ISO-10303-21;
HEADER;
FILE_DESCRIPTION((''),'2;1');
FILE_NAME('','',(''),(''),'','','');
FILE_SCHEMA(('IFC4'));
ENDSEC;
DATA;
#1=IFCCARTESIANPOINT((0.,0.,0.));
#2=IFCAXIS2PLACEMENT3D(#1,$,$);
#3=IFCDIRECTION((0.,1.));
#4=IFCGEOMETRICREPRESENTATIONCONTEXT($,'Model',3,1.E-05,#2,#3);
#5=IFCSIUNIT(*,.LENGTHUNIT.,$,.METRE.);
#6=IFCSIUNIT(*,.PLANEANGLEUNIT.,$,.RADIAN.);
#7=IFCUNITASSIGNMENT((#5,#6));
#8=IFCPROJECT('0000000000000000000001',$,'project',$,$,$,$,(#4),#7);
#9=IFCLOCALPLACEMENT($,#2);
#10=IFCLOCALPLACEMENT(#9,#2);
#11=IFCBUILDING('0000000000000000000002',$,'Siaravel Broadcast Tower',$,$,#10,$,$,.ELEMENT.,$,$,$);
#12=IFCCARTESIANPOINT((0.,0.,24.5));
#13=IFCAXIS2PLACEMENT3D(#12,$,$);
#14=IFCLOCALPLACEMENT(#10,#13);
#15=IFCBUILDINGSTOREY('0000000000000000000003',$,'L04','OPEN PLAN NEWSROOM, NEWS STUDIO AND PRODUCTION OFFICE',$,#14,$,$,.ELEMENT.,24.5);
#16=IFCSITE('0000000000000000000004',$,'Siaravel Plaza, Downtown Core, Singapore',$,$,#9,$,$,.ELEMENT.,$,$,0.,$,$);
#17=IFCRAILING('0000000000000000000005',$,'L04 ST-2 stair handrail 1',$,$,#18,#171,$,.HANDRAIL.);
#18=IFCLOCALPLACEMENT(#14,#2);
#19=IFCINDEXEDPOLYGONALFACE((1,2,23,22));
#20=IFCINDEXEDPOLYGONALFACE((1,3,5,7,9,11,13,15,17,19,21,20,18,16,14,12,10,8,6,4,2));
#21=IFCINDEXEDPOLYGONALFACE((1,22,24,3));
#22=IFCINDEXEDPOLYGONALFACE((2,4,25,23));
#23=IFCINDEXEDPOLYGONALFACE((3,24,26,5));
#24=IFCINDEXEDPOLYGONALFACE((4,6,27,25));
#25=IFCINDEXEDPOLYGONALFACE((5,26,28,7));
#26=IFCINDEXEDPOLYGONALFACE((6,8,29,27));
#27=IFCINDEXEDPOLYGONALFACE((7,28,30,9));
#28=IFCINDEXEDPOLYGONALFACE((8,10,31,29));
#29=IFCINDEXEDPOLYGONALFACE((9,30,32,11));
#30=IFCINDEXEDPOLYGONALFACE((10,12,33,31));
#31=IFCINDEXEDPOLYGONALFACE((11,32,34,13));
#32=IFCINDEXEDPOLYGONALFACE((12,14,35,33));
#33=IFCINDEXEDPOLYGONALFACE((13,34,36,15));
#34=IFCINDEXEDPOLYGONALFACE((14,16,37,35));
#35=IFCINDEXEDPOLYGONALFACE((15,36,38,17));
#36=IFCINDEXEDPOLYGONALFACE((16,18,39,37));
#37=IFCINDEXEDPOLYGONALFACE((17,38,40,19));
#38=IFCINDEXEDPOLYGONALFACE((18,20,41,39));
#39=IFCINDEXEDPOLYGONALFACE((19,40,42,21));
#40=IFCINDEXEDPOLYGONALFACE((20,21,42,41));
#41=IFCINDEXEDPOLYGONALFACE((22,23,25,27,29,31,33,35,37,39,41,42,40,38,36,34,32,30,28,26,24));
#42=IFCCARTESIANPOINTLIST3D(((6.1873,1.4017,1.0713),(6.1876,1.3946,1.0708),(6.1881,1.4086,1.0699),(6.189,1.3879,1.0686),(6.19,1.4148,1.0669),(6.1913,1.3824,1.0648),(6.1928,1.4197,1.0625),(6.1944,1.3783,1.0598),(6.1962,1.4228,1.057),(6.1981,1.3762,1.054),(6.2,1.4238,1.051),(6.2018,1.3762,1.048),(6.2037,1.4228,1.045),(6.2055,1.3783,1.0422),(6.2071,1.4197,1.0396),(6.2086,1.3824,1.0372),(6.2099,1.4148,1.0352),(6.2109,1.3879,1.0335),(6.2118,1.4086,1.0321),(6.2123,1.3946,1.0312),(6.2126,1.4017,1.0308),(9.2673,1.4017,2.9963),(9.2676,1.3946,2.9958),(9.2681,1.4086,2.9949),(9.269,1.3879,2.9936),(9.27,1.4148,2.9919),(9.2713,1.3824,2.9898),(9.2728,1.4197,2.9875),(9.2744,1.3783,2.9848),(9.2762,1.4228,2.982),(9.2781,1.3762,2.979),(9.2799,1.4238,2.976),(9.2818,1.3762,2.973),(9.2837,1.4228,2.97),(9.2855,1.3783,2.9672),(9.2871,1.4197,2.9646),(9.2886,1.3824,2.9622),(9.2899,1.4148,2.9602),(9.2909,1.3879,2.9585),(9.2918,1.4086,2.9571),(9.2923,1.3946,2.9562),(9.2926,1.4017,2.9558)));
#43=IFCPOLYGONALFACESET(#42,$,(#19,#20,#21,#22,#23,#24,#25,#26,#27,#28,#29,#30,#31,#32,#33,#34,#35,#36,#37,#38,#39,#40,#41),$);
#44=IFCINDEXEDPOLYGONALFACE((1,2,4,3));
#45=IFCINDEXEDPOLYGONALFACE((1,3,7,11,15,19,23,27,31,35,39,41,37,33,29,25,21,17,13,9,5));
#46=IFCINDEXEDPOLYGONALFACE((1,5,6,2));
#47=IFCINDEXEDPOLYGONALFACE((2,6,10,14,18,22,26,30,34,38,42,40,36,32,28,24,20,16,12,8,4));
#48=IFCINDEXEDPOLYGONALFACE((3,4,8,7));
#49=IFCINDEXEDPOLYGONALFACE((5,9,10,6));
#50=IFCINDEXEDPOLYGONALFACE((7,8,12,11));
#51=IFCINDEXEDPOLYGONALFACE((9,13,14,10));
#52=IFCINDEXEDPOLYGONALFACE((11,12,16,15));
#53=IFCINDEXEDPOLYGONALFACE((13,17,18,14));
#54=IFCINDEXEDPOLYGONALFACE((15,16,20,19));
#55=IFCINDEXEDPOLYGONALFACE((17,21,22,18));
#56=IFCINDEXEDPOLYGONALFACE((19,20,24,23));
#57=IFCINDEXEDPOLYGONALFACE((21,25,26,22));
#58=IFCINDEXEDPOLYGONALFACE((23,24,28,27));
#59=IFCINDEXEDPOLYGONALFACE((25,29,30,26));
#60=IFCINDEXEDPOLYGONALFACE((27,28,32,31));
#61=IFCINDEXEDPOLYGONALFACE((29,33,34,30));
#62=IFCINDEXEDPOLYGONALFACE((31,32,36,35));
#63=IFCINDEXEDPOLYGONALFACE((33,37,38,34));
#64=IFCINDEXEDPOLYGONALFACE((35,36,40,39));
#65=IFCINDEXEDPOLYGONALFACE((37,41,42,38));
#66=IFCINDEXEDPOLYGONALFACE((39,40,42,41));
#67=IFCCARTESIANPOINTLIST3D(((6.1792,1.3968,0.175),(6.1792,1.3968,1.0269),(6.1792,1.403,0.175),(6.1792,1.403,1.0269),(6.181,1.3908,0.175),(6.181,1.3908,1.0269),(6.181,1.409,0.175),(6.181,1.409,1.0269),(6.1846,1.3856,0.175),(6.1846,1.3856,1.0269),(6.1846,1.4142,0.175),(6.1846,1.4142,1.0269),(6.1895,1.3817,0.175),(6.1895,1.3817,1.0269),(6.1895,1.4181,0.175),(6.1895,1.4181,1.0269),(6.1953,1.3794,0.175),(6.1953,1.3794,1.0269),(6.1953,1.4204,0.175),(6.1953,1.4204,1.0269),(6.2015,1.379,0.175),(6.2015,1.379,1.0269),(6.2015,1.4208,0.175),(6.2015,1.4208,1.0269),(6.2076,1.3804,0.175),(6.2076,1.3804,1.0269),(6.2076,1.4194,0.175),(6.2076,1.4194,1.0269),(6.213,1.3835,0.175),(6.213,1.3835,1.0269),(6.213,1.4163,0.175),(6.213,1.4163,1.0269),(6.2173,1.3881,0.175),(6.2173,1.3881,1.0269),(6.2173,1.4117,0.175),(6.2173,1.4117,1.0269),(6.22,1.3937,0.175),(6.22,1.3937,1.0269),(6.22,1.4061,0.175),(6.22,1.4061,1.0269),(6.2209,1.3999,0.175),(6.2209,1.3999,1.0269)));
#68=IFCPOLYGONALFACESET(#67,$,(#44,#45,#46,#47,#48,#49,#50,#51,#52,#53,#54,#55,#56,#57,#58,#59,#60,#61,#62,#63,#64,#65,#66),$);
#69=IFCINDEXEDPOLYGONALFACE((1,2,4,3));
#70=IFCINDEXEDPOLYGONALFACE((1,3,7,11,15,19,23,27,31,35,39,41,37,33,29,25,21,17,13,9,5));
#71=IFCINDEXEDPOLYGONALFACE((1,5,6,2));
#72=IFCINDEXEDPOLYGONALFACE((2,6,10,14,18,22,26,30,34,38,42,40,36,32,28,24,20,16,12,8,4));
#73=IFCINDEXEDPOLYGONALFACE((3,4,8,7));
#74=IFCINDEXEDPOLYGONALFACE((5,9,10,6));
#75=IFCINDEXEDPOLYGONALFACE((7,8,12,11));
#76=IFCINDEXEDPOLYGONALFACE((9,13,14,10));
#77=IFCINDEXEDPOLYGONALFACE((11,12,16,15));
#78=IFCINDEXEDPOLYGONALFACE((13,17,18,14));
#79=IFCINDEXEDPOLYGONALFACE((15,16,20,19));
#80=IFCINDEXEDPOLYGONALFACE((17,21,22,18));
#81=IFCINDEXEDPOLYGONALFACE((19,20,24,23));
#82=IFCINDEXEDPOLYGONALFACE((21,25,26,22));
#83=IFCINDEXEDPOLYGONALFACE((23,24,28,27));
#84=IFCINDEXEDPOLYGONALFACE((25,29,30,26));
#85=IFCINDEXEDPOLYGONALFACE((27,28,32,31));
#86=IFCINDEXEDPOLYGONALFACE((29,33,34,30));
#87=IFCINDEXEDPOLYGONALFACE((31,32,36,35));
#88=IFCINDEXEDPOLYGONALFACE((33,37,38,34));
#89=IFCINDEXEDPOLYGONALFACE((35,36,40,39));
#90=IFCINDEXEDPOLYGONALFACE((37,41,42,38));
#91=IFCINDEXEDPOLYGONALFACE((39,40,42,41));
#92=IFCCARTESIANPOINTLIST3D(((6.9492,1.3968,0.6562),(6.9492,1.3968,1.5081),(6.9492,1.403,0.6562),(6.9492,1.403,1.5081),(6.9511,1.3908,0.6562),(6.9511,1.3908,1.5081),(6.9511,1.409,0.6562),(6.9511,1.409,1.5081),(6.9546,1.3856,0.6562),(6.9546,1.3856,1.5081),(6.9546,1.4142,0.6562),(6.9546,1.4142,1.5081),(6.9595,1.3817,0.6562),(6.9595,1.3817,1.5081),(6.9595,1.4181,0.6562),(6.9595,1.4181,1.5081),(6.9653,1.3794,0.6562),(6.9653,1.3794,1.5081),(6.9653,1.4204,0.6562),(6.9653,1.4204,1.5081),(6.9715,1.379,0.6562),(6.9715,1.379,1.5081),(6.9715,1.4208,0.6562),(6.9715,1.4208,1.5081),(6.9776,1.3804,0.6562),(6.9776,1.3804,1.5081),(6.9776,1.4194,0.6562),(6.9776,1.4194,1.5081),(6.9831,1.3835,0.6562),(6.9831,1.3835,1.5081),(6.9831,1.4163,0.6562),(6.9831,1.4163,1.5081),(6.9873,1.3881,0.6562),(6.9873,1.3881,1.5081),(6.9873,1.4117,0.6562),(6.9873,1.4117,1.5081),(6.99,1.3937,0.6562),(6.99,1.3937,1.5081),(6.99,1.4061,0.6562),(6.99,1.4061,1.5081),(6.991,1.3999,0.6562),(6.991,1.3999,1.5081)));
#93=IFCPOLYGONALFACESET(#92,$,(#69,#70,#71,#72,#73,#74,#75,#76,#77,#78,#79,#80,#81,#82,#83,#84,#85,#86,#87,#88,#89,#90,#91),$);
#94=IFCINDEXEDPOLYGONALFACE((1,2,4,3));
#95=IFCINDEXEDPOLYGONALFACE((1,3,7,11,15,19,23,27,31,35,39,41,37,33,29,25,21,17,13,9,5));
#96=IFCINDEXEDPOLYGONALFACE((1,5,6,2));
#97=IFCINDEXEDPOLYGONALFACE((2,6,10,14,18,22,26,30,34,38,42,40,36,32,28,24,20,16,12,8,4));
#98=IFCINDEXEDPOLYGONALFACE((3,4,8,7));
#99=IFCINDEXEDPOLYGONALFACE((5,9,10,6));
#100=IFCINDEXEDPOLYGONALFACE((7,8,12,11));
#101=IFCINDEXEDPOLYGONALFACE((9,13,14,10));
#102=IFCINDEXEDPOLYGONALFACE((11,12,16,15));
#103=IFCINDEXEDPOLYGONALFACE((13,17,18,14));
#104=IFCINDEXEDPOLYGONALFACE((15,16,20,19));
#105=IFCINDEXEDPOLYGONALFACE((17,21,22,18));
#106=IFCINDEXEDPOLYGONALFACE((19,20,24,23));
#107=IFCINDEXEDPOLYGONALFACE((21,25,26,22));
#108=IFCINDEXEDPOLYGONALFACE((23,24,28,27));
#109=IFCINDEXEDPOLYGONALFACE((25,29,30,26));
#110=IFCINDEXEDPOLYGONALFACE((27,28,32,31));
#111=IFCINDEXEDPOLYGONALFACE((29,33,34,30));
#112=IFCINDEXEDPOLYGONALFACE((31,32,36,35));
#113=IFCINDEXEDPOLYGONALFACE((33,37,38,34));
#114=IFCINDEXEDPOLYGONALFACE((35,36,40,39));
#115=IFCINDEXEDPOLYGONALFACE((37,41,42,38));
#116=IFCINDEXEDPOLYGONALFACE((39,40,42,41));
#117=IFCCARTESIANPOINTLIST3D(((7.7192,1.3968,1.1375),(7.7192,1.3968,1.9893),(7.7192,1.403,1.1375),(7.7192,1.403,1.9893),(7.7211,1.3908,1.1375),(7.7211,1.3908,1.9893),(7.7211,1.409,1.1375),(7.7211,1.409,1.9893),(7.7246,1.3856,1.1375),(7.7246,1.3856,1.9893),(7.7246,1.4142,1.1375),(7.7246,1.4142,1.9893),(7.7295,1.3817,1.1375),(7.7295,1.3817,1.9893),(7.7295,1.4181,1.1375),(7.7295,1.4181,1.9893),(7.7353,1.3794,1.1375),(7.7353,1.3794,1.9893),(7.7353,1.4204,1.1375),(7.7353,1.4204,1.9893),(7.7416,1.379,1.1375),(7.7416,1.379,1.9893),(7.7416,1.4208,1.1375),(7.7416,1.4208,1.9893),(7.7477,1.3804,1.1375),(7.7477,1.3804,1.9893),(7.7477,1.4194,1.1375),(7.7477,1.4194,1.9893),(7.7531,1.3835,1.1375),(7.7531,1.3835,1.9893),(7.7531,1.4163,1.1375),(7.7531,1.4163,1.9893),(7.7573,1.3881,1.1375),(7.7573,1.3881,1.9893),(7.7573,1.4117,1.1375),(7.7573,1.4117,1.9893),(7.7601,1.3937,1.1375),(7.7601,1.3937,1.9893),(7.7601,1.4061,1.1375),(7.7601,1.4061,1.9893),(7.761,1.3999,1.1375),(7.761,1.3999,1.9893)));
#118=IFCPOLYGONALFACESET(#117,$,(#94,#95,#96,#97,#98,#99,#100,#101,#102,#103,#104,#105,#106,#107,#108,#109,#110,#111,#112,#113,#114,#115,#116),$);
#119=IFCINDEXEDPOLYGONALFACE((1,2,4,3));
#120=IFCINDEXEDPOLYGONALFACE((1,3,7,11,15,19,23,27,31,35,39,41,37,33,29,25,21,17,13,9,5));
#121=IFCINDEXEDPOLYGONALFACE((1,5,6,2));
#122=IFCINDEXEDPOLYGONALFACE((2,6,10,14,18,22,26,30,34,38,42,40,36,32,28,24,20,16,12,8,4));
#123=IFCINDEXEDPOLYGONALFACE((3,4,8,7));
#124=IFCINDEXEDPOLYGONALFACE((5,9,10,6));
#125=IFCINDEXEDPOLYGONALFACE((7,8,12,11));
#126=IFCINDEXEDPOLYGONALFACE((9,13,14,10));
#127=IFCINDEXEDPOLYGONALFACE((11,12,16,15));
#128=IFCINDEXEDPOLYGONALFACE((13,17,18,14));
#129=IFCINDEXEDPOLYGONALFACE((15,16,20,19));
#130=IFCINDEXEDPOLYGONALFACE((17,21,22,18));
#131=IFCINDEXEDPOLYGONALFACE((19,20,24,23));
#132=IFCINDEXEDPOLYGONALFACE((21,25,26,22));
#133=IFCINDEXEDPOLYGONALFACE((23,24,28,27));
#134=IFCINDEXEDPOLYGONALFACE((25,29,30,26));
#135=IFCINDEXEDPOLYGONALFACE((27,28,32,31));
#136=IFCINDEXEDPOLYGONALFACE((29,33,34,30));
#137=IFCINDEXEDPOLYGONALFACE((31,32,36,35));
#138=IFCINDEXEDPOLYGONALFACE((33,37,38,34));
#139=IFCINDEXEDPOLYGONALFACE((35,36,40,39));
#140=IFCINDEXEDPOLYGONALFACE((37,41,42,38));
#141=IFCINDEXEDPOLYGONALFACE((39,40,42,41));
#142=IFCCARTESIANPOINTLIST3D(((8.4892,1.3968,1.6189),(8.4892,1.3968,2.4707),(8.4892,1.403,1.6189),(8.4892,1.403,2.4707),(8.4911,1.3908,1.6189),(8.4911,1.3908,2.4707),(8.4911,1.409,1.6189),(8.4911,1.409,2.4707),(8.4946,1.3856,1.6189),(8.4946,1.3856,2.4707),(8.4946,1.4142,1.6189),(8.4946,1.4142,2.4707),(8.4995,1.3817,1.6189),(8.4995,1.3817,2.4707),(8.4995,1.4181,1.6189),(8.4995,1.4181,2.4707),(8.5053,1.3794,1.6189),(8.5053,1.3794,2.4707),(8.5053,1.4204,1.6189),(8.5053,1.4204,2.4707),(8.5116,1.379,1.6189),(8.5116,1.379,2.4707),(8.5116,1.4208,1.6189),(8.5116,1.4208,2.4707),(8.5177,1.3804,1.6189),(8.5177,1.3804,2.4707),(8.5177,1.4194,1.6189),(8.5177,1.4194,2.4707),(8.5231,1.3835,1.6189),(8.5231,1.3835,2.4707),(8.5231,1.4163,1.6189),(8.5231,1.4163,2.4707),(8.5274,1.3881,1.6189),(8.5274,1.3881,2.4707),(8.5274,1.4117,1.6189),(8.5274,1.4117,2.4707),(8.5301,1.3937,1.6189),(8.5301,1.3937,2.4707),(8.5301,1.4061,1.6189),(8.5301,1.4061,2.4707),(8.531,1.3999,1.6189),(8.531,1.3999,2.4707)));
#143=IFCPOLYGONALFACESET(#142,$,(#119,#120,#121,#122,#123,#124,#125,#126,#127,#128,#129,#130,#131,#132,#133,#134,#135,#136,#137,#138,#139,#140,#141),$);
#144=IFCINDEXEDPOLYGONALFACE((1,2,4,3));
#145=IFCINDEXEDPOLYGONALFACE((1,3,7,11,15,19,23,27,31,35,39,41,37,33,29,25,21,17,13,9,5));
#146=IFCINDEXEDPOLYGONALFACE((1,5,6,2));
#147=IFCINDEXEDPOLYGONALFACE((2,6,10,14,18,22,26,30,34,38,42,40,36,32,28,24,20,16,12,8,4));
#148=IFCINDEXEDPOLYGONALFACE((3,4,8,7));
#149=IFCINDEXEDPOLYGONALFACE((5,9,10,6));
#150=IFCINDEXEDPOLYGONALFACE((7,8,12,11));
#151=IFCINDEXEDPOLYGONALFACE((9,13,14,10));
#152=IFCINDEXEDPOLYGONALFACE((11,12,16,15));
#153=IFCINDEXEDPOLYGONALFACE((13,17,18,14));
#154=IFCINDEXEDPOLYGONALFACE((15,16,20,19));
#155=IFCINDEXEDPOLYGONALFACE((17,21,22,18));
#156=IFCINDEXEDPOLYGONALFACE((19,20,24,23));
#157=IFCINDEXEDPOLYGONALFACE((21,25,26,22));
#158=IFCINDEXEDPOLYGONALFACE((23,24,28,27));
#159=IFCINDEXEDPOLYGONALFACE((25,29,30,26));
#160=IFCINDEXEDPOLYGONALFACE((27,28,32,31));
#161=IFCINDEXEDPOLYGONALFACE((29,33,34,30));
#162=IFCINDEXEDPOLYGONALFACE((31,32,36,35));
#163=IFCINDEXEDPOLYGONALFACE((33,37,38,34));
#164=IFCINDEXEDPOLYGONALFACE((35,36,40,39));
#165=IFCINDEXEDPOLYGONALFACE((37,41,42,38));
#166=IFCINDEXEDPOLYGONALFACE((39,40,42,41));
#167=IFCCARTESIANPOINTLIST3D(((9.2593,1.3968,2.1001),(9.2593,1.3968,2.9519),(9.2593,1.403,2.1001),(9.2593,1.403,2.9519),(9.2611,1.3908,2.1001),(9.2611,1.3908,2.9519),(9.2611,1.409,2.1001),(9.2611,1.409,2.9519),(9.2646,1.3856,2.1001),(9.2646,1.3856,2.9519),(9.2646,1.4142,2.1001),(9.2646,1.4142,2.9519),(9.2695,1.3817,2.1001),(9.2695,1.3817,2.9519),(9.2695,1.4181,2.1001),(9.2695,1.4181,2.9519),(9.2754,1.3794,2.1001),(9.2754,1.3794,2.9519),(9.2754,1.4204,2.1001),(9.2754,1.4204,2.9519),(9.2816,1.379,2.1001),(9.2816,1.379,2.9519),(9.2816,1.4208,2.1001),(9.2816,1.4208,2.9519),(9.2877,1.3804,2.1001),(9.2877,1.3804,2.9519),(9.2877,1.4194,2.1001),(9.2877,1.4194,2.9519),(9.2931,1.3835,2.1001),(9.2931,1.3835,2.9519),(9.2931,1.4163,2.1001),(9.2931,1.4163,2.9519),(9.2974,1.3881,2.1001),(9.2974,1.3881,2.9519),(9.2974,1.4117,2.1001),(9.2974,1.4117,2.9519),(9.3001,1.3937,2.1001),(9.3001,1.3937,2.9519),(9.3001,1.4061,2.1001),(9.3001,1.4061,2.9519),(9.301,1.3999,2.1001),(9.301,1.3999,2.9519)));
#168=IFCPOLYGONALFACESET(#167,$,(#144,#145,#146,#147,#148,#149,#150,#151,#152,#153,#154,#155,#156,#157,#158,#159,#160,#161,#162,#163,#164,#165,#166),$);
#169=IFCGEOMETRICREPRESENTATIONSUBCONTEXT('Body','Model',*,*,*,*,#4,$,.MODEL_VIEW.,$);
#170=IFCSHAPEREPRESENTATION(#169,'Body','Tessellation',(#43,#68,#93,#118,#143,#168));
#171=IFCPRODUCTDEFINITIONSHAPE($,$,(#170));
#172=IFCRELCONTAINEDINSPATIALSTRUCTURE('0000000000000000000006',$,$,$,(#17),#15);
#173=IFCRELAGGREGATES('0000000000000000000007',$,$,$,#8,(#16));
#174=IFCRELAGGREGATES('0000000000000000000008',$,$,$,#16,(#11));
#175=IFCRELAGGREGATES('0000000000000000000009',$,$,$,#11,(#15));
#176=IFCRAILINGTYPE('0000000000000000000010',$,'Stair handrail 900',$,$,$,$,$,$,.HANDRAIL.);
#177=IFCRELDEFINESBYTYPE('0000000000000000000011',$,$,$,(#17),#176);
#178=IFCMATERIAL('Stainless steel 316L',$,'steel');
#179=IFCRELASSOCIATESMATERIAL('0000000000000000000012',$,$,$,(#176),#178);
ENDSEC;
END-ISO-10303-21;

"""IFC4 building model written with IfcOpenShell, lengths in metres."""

from ifc_helpers import new_model, si_unit, direction, frame, origin, origin_2d, place, context, subcontext, project, spatial, circle, extrude, material, type_object, element, save


model = new_model("IFC4")

# Units and contexts
model_context = context("Model", 3, precision=1e-05, world=origin(), true_north=direction((0.0, 1.0)))
body_context = subcontext(model_context, "Body", "Model", "MODEL_VIEW")
ifc_project = project(units=[si_unit("LENGTHUNIT", "METRE"), si_unit("PLANEANGLEUNIT", "RADIAN")], contexts=[model_context])

# Site, building, storey
site_placement = place(None, origin())
site = spatial("IfcSite", under=ifc_project, at=site_placement, Name="Siaravel Plaza, Downtown Core, Singapore", CompositionType="ELEMENT", RefElevation=0.0)
building_placement = place(site_placement, origin())
building = spatial("IfcBuilding", under=site, at=building_placement, Name="Siaravel Broadcast Tower", CompositionType="ELEMENT")
storey_placement = place(building_placement, frame((0.0, 0.0, 24.5)))
storey = spatial("IfcBuildingStorey", under=building, at=storey_placement, Name="L04", Description="OPEN PLAN NEWSROOM, NEWS STUDIO AND PRODUCTION OFFICE", CompositionType="ELEMENT", Elevation=24.5)

# Railing
ifc_material_1 = material(Name="Stainless steel 316L", Category="steel")
railing_type_1 = type_object("IfcRailingType", Name="Stair handrail 900", PredefinedType="HANDRAIL", material=ifc_material_1)
railing_1_placement = place(storey_placement, frame((6.2, 1.3999, 0.175)))
element("IfcRailing", 1, at=railing_1_placement, inside=storey, type_object=railing_type_1, Name="L04 ST-2 stair handrail 1", PredefinedType="HANDRAIL", context=body_context, shape_type="SweptSolid", body=[
    extrude(circle(Radius=0.0239, at=origin_2d()), frame((0.0, 0.0, 0.876), z_axis=(0.847998, 0.0, 0.529999), x_axis=(0.0, 1.0, 0.0)), (0.0, 0.0, 1.0), 3.6321),
    extrude(circle(Radius=0.021, at=origin_2d()), origin(), (0.0, 0.0, 1.0), 0.8518),
    extrude(circle(Radius=0.021, at=origin_2d()), frame((0.77, 0.0, 0.4812)), (0.0, 0.0, 1.0), 0.8518),
    extrude(circle(Radius=0.021, at=origin_2d()), frame((1.54, 0.0, 0.9624)), (0.0, 0.0, 1.0), 0.8518),
    extrude(circle(Radius=0.021, at=origin_2d()), frame((2.3101, 0.0, 1.4438)), (0.0, 0.0, 1.0), 0.8518),
    extrude(circle(Radius=0.021, at=origin_2d()), frame((3.0801, 0.0, 1.925)), (0.0, 0.0, 1.0), 0.8518),
])

save(model, "model.ifc")
